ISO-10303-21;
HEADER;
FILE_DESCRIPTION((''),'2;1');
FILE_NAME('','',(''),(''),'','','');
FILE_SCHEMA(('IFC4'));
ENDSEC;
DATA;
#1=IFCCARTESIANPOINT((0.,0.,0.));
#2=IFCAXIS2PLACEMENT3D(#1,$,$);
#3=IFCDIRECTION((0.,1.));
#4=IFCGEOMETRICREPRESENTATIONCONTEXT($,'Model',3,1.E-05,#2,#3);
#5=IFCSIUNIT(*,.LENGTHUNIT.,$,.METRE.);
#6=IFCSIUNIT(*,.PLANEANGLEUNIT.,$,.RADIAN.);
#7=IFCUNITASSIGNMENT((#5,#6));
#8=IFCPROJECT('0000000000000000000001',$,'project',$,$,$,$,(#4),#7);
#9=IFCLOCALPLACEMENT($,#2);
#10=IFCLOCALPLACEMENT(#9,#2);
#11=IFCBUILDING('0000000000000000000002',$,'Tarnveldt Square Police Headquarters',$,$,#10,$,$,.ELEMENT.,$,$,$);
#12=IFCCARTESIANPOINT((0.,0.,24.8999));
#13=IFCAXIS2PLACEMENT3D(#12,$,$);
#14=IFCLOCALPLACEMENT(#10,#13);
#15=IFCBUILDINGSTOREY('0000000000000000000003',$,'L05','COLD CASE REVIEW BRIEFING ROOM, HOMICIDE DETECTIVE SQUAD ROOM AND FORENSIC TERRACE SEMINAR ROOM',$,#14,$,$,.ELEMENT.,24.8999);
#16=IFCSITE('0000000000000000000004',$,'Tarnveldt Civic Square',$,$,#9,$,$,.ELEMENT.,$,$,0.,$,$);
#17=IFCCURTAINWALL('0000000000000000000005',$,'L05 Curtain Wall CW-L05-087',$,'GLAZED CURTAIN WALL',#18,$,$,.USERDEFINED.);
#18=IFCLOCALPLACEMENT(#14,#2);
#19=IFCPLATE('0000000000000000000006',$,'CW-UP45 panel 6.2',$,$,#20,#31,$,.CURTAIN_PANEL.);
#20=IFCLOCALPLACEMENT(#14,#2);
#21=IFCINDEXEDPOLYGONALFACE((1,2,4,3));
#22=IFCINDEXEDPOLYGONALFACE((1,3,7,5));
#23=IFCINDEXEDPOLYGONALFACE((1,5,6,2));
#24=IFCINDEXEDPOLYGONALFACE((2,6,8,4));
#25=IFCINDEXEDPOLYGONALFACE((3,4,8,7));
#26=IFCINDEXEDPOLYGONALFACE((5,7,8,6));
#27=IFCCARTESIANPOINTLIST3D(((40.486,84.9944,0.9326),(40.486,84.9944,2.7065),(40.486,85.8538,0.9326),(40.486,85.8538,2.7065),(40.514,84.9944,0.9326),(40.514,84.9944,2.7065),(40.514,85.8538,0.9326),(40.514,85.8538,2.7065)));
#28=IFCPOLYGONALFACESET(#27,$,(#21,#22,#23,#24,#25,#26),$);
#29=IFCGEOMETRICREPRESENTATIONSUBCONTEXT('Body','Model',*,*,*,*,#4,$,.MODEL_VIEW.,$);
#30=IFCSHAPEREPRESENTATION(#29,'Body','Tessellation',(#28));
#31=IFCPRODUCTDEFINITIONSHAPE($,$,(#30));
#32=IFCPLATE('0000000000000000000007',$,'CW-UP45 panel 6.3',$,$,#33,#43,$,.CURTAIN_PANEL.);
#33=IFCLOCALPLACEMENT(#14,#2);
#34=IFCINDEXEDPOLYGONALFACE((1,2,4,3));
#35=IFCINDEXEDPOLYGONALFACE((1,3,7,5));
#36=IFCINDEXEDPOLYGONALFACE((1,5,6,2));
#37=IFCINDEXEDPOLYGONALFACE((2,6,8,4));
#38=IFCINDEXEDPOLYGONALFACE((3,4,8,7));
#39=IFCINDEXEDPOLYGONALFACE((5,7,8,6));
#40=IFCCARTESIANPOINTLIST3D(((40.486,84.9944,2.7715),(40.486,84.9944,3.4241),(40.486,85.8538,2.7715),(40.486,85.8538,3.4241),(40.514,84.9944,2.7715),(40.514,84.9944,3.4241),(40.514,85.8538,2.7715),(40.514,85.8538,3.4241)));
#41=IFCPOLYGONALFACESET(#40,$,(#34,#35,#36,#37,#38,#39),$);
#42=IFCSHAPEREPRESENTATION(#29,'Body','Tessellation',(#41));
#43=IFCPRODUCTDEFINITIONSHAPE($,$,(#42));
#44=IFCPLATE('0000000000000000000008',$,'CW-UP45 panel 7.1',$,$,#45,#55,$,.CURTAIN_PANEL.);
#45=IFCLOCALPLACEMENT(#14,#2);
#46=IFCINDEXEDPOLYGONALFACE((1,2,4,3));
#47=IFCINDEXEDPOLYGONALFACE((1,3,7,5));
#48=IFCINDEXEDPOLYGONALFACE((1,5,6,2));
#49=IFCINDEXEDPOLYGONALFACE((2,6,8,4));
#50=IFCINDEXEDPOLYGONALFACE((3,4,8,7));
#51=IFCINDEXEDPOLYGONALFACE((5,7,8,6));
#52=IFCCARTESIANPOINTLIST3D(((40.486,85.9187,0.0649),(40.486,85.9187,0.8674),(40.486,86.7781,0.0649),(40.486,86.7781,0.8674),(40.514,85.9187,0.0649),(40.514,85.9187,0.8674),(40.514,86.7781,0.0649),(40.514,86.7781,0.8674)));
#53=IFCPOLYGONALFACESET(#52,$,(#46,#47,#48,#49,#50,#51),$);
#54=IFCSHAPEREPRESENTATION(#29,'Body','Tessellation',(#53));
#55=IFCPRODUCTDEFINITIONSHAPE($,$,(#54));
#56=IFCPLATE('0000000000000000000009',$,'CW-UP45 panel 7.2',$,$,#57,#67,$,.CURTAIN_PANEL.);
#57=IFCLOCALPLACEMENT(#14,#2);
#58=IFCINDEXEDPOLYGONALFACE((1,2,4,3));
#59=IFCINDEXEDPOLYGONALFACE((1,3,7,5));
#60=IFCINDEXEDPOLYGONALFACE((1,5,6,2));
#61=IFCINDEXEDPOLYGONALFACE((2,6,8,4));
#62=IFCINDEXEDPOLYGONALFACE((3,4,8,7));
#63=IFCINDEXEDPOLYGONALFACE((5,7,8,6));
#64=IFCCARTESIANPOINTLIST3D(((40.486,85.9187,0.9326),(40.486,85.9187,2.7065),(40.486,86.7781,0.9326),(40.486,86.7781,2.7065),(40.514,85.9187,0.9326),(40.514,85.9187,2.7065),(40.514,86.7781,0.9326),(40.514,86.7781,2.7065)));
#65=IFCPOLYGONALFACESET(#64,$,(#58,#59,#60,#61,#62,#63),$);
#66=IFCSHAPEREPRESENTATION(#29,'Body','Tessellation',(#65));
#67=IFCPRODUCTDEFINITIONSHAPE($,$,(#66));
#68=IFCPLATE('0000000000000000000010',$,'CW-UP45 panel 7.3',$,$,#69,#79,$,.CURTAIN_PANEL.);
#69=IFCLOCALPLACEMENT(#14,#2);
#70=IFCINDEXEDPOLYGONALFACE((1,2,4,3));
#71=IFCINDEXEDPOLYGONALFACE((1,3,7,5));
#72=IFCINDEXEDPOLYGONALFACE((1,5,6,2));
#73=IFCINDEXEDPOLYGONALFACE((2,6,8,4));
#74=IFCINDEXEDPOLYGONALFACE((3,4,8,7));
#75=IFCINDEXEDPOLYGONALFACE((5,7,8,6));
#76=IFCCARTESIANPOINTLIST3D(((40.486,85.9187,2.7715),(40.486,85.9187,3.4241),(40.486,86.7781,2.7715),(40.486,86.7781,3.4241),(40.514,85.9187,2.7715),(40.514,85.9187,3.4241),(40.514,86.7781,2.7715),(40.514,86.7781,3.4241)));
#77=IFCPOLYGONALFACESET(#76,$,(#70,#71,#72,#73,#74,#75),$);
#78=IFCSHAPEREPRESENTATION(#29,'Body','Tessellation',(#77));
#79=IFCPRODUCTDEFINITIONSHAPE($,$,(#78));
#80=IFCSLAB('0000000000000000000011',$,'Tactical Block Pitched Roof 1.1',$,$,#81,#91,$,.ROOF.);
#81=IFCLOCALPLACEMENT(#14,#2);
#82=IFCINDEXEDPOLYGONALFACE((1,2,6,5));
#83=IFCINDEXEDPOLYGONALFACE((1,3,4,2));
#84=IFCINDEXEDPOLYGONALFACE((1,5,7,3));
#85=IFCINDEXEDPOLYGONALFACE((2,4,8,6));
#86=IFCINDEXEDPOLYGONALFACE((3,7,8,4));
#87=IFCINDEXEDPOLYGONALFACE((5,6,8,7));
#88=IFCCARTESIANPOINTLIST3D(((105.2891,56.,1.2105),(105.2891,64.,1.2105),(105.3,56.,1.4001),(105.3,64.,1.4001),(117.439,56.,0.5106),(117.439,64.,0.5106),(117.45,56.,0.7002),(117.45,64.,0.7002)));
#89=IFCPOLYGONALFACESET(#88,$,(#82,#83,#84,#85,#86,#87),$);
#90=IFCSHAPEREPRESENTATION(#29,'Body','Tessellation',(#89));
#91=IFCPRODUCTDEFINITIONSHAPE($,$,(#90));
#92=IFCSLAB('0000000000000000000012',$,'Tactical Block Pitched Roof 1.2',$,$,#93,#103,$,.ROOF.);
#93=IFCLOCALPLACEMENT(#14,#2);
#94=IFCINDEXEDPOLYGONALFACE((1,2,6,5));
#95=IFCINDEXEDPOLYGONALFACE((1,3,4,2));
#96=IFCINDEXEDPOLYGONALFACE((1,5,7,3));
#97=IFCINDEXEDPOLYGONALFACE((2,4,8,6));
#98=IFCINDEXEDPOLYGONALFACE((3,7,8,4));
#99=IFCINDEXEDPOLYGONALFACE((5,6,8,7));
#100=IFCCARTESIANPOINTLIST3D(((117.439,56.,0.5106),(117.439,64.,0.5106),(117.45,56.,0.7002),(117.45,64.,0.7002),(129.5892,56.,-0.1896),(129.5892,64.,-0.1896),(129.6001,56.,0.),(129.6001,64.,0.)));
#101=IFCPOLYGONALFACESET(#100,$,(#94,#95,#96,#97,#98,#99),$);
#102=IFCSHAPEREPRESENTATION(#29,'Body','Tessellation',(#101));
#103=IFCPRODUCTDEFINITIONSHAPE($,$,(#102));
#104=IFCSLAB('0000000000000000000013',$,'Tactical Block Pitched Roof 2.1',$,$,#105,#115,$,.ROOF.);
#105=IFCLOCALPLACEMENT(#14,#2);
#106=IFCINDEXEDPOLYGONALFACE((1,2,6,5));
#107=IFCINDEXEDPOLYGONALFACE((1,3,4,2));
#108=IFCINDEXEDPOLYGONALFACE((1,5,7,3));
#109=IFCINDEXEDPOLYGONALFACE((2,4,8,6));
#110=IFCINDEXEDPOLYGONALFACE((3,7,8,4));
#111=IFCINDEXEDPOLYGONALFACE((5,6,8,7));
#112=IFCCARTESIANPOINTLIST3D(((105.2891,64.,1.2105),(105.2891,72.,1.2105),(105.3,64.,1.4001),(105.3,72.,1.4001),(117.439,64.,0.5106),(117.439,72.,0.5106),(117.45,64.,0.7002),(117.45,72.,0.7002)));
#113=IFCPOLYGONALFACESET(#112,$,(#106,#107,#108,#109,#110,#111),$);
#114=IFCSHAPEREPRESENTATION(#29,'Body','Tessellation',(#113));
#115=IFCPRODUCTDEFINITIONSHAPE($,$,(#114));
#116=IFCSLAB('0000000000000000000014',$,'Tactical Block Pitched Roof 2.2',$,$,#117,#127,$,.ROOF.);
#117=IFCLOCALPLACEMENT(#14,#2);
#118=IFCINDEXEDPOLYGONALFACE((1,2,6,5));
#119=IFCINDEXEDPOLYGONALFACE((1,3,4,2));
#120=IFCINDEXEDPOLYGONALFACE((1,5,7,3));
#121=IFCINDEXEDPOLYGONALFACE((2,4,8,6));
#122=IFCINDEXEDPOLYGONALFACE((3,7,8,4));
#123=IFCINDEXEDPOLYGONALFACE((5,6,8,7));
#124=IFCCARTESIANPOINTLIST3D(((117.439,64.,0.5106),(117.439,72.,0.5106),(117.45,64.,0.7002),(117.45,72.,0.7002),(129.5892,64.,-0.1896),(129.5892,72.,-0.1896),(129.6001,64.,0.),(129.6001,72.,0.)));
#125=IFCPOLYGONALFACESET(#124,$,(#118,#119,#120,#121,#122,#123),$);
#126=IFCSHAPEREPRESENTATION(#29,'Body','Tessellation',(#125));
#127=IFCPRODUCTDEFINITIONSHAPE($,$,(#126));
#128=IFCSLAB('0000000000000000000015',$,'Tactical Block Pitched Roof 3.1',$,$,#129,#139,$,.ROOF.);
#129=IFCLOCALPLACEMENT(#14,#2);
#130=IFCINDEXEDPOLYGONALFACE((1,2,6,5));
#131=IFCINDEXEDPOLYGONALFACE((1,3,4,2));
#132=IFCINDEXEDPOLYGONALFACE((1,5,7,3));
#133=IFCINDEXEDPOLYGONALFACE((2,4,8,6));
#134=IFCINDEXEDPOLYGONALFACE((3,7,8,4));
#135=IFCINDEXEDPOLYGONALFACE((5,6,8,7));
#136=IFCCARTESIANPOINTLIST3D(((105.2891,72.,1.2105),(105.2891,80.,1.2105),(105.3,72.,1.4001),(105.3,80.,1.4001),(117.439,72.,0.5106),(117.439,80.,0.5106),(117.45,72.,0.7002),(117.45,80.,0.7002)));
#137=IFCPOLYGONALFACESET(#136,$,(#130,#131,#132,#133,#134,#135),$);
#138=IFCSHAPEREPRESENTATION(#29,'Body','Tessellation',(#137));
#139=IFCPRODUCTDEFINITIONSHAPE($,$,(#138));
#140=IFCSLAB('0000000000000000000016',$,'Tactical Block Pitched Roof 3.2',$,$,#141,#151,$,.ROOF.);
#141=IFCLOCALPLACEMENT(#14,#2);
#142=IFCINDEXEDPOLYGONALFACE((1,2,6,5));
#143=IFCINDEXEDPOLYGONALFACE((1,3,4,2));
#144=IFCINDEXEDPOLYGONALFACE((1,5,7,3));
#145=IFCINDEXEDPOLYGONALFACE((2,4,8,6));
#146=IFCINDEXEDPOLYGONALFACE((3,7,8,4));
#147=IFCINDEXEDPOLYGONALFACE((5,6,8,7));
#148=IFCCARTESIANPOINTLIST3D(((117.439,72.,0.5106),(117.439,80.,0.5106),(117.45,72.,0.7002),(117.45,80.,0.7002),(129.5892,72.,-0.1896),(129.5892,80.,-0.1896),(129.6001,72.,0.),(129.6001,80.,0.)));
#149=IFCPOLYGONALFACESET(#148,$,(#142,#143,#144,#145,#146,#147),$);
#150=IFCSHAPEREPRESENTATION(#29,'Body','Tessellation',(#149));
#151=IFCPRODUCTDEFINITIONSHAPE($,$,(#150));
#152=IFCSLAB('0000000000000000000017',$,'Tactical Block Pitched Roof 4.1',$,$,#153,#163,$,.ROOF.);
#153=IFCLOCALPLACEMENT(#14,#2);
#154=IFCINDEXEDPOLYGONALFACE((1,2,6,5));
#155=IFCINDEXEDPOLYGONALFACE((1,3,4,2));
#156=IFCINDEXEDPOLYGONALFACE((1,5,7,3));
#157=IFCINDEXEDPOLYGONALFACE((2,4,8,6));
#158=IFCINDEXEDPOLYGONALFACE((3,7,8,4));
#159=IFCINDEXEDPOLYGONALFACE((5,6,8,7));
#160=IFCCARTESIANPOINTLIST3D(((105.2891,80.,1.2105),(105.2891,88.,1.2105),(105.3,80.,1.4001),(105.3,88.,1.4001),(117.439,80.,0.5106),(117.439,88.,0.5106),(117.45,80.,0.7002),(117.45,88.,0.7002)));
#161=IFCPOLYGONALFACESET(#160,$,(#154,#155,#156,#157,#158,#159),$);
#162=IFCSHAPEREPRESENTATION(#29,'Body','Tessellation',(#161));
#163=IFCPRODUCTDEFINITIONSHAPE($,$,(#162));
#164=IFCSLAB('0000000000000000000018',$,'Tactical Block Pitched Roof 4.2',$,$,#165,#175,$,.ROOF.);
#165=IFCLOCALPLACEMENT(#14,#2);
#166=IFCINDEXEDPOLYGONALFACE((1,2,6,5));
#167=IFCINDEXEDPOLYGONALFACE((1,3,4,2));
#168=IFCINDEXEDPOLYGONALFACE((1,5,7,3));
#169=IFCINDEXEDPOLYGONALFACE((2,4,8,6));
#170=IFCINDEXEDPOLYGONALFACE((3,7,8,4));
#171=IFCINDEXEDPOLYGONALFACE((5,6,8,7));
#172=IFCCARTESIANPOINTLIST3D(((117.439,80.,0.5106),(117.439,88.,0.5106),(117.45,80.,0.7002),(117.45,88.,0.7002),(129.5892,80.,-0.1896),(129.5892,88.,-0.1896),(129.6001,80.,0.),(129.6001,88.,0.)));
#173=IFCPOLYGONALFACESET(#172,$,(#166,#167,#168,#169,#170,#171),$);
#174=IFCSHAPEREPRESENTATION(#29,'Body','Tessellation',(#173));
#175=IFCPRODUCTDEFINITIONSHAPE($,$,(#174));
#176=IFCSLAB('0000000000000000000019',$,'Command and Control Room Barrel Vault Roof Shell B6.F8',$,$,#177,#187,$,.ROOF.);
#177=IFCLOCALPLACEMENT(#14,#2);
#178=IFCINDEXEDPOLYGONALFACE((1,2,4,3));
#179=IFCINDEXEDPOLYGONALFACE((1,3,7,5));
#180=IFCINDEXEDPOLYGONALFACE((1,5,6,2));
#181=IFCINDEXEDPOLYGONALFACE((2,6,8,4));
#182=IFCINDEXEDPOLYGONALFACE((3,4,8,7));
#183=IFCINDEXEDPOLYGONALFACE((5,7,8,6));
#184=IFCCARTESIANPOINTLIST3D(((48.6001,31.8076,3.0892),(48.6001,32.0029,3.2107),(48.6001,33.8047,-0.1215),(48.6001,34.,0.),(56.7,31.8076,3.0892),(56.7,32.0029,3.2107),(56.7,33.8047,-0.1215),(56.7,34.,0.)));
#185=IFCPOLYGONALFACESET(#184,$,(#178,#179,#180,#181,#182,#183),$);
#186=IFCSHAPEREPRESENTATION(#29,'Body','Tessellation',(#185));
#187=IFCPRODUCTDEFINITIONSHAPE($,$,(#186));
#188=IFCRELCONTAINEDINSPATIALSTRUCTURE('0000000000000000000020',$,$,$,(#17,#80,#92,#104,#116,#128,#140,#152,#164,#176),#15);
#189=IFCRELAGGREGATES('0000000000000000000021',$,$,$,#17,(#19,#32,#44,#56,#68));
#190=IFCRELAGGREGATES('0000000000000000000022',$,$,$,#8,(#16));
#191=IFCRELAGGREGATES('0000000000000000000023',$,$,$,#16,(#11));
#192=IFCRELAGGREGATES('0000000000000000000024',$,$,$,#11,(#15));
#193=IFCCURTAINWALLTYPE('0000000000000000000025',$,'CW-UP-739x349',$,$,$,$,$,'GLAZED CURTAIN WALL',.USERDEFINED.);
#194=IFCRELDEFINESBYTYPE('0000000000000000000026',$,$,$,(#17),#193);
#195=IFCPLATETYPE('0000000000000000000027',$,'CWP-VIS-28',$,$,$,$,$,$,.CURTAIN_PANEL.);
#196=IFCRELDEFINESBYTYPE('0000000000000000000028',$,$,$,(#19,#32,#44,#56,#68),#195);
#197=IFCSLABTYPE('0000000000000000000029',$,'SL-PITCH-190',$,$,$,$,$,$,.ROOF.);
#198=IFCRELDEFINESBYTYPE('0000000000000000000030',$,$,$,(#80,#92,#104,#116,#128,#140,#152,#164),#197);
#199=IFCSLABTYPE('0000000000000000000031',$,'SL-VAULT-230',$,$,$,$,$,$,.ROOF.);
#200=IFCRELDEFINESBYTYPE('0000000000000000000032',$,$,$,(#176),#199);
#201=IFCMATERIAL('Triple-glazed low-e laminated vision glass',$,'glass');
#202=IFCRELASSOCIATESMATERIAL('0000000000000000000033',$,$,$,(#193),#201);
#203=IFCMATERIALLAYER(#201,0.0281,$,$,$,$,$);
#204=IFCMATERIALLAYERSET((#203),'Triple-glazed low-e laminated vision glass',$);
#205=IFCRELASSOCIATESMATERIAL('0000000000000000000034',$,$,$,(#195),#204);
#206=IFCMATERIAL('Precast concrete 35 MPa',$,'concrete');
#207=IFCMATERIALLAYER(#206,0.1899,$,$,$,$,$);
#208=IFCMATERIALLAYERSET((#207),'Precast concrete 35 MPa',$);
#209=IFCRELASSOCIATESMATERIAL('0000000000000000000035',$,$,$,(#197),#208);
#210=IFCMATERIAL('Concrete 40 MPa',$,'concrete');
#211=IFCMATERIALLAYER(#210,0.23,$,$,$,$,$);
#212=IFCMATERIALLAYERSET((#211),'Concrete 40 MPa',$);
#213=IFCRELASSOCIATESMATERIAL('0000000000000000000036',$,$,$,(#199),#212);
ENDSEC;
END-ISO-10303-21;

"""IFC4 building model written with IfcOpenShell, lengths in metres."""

from ifc_helpers import new_model, si_unit, direction, frame, origin, origin_2d, place, context, subcontext, project, spatial, polyline, rectangle, outline, extrude, material, layer, layer_set, type_object, element, aggregate, save


model = new_model("IFC4")

# Units and contexts
model_context = context("Model", 3, precision=1e-05, world=origin(), true_north=direction((0.0, 1.0)))
body_context = subcontext(model_context, "Body", "Model", "MODEL_VIEW")
ifc_project = project(units=[si_unit("LENGTHUNIT", "METRE"), si_unit("PLANEANGLEUNIT", "RADIAN")], contexts=[model_context])

# Site, building, storey
site_placement = place(None, origin())
site = spatial("IfcSite", under=ifc_project, at=site_placement, Name="Tarnveldt Civic Square", CompositionType="ELEMENT", RefElevation=0.0)
building_placement = place(site_placement, origin())
building = spatial("IfcBuilding", under=site, at=building_placement, Name="Tarnveldt Square Police Headquarters", CompositionType="ELEMENT")
storey_placement = place(building_placement, frame((0.0, 0.0, 24.8999)))
storey = spatial("IfcBuildingStorey", under=building, at=storey_placement, Name="L05", Description="COLD CASE REVIEW BRIEFING ROOM, HOMICIDE DETECTIVE SQUAD ROOM AND FORENSIC TERRACE SEMINAR ROOM", CompositionType="ELEMENT", Elevation=24.8999)

# Shared definitions
ifc_material_1 = material(Name="Concrete 40 MPa", Category="concrete")

# Curtain wall
ifc_material_2 = material(Name="Triple-glazed low-e laminated vision glass", Category="glass")
curtain_wall_type = type_object("IfcCurtainWallType", Name="CW-UP-739x349", ElementType="GLAZED CURTAIN WALL", PredefinedType="USERDEFINED", material=ifc_material_2)
curtain_wall_placement = place(storey_placement, origin())
curtain_wall = element("IfcCurtainWall", 1, at=curtain_wall_placement, inside=storey, type_object=curtain_wall_type, Name="L05 Curtain Wall CW-L05-087", ObjectType="GLAZED CURTAIN WALL", PredefinedType="USERDEFINED")

# Plates
ifc_layer_1 = layer(ifc_material_2, 0.0281)
ifc_layer_set_1 = layer_set([ifc_layer_1], Name="Triple-glazed low-e laminated vision glass")
plate_type = type_object("IfcPlateType", Name="CWP-VIS-28", PredefinedType="CURTAIN_PANEL", material=ifc_layer_set_1)
plate_1_placement = place(storey_placement, frame((40.5, 85.4241, 0.9326), z_axis=(0.0, 0.0, 1.0), x_axis=(0.0, 1.0, 0.0)))
plate_1 = element("IfcPlate", 2, at=plate_1_placement, type_object=plate_type, Name="CW-UP45 panel 6.2", PredefinedType="CURTAIN_PANEL", context=body_context, shape_type="SweptSolid", body=[
    extrude(rectangle(XDim=0.8594, YDim=0.0281, at=origin_2d()), origin(), (0.0, 0.0, 1.0), 1.7739),
])
plate_2_placement = place(storey_placement, frame((40.5, 85.4241, 2.7715), z_axis=(0.0, 0.0, 1.0), x_axis=(0.0, 1.0, 0.0)))
plate_2 = element("IfcPlate", 3, at=plate_2_placement, type_object=plate_type, Name="CW-UP45 panel 6.3", PredefinedType="CURTAIN_PANEL", context=body_context, shape_type="SweptSolid", body=[
    extrude(rectangle(XDim=0.8594, YDim=0.0281, at=origin_2d()), origin(), (0.0, 0.0, 1.0), 0.6526),
])
plate_3_placement = place(storey_placement, frame((40.5, 86.3484, 0.0649), z_axis=(0.0, 0.0, 1.0), x_axis=(0.0, 1.0, 0.0)))
plate_3 = element("IfcPlate", 4, at=plate_3_placement, type_object=plate_type, Name="CW-UP45 panel 7.1", PredefinedType="CURTAIN_PANEL", context=body_context, shape_type="SweptSolid", body=[
    extrude(rectangle(XDim=0.8594, YDim=0.0281, at=origin_2d()), origin(), (0.0, 0.0, 1.0), 0.8025),
])
plate_4_placement = place(storey_placement, frame((40.5, 86.3484, 0.9326), z_axis=(0.0, 0.0, 1.0), x_axis=(0.0, 1.0, 0.0)))
plate_4 = element("IfcPlate", 5, at=plate_4_placement, type_object=plate_type, Name="CW-UP45 panel 7.2", PredefinedType="CURTAIN_PANEL", context=body_context, shape_type="SweptSolid", body=[
    extrude(rectangle(XDim=0.8594, YDim=0.0281, at=origin_2d()), origin(), (0.0, 0.0, 1.0), 1.7739),
])
plate_5_placement = place(storey_placement, frame((40.5, 86.3484, 2.7715), z_axis=(0.0, 0.0, 1.0), x_axis=(0.0, 1.0, 0.0)))
plate_5 = element("IfcPlate", 6, at=plate_5_placement, type_object=plate_type, Name="CW-UP45 panel 7.3", PredefinedType="CURTAIN_PANEL", context=body_context, shape_type="SweptSolid", body=[
    extrude(rectangle(XDim=0.8594, YDim=0.0281, at=origin_2d()), origin(), (0.0, 0.0, 1.0), 0.6526),
])
aggregate(curtain_wall, [plate_1, plate_2, plate_3, plate_4, plate_5])

# Slabs
ifc_material_3 = material(Name="Precast concrete 35 MPa", Category="concrete")
ifc_layer_2 = layer(ifc_material_3, 0.1899)
ifc_layer_set_2 = layer_set([ifc_layer_2], Name="Precast concrete 35 MPa")
slab_type_1 = type_object("IfcSlabType", Name="SL-PITCH-190", PredefinedType="ROOF", material=ifc_layer_set_2)
slab_1_placement = place(storey_placement, frame((105.3, 56.0, 1.4001), z_axis=(0.057514, 0.0, 0.998345), x_axis=(0.0, 1.0, 0.0)))
element("IfcSlab", 7, at=slab_1_placement, inside=storey, type_object=slab_type_1, Name="Tactical Block Pitched Roof 1.1", PredefinedType="ROOF", context=body_context, shape_type="SweptSolid", body=[
    extrude(outline(polyline([(0.0, 0.0), (8.0, 0.0), (8.0, -12.17), (0.0, -12.17), (0.0, 0.0)])), origin(), (0.0, 0.0, -1.0), 0.1899),
])
slab_2_placement = place(storey_placement, frame((117.45, 56.0, 0.7002), z_axis=(0.057533, 0.0, 0.998344), x_axis=(0.0, 1.0, 0.0)))
element("IfcSlab", 8, at=slab_2_placement, inside=storey, type_object=slab_type_1, Name="Tactical Block Pitched Roof 1.2", PredefinedType="ROOF", context=body_context, shape_type="SweptSolid", body=[
    extrude(outline(polyline([(0.0, 0.0), (8.0, 0.0), (8.0, -12.1703), (0.0, -12.1703), (0.0, 0.0)])), origin(), (0.0, 0.0, -1.0), 0.1899),
])
slab_3_placement = place(storey_placement, frame((105.3, 64.0, 1.4001), z_axis=(0.057514, 0.0, 0.998345), x_axis=(0.0, 1.0, 0.0)))
element("IfcSlab", 9, at=slab_3_placement, inside=storey, type_object=slab_type_1, Name="Tactical Block Pitched Roof 2.1", PredefinedType="ROOF", context=body_context, shape_type="SweptSolid", body=[
    extrude(outline(polyline([(0.0, 0.0), (8.0, 0.0), (8.0, -12.17), (0.0, -12.17), (0.0, 0.0)])), origin(), (0.0, 0.0, -1.0), 0.1899),
])
slab_4_placement = place(storey_placement, frame((117.45, 64.0, 0.7002), z_axis=(0.057533, 0.0, 0.998344), x_axis=(0.0, 1.0, 0.0)))
element("IfcSlab", 10, at=slab_4_placement, inside=storey, type_object=slab_type_1, Name="Tactical Block Pitched Roof 2.2", PredefinedType="ROOF", context=body_context, shape_type="SweptSolid", body=[
    extrude(outline(polyline([(0.0, 0.0), (8.0, 0.0), (8.0, -12.1703), (0.0, -12.1703), (0.0, 0.0)])), origin(), (0.0, 0.0, -1.0), 0.1899),
])
slab_5_placement = place(storey_placement, frame((105.3, 72.0, 1.4001), z_axis=(0.057514, 0.0, 0.998345), x_axis=(0.0, 1.0, 0.0)))
element("IfcSlab", 11, at=slab_5_placement, inside=storey, type_object=slab_type_1, Name="Tactical Block Pitched Roof 3.1", PredefinedType="ROOF", context=body_context, shape_type="SweptSolid", body=[
    extrude(outline(polyline([(0.0, 0.0), (8.0, 0.0), (8.0, -12.17), (0.0, -12.17), (0.0, 0.0)])), origin(), (0.0, 0.0, -1.0), 0.1899),
])
slab_6_placement = place(storey_placement, frame((117.45, 72.0, 0.7002), z_axis=(0.057533, 0.0, 0.998344), x_axis=(0.0, 1.0, 0.0)))
element("IfcSlab", 12, at=slab_6_placement, inside=storey, type_object=slab_type_1, Name="Tactical Block Pitched Roof 3.2", PredefinedType="ROOF", context=body_context, shape_type="SweptSolid", body=[
    extrude(outline(polyline([(0.0, 0.0), (8.0, 0.0), (8.0, -12.1703), (0.0, -12.1703), (0.0, 0.0)])), origin(), (0.0, 0.0, -1.0), 0.1899),
])
slab_7_placement = place(storey_placement, frame((105.3, 80.0, 1.4001), z_axis=(0.057514, 0.0, 0.998345), x_axis=(0.0, 1.0, 0.0)))
element("IfcSlab", 13, at=slab_7_placement, inside=storey, type_object=slab_type_1, Name="Tactical Block Pitched Roof 4.1", PredefinedType="ROOF", context=body_context, shape_type="SweptSolid", body=[
    extrude(outline(polyline([(0.0, 0.0), (8.0, 0.0), (8.0, -12.17), (0.0, -12.17), (0.0, 0.0)])), origin(), (0.0, 0.0, -1.0), 0.1899),
])
slab_8_placement = place(storey_placement, frame((117.45, 80.0, 0.7002), z_axis=(0.057533, 0.0, 0.998344), x_axis=(0.0, 1.0, 0.0)))
element("IfcSlab", 14, at=slab_8_placement, inside=storey, type_object=slab_type_1, Name="Tactical Block Pitched Roof 4.2", PredefinedType="ROOF", context=body_context, shape_type="SweptSolid", body=[
    extrude(outline(polyline([(0.0, 0.0), (8.0, 0.0), (8.0, -12.1703), (0.0, -12.1703), (0.0, 0.0)])), origin(), (0.0, 0.0, -1.0), 0.1899),
])
ifc_layer_3 = layer(ifc_material_1, 0.23)
ifc_layer_set_3 = layer_set([ifc_layer_3], Name="Concrete 40 MPa")
slab_type_2 = type_object("IfcSlabType", Name="SL-VAULT-230", PredefinedType="ROOF", material=ifc_layer_set_3)
slab_9_placement = place(storey_placement, frame((48.6001, 32.0029, 3.2107), z_axis=(0.0, 0.849139, 0.528169), x_axis=(1.0, 0.0, 0.0)))
element("IfcSlab", 15, at=slab_9_placement, inside=storey, type_object=slab_type_2, Name="Command and Control Room Barrel Vault Roof Shell B6.F8", PredefinedType="ROOF", context=body_context, shape_type="SweptSolid", body=[
    extrude(outline(polyline([(0.0, 0.0), (8.0999, 0.0), (8.0999, 3.7811), (0.0, 3.7811), (0.0, 0.0)])), origin(), (0.0, 0.0, -1.0), 0.23),
])

save(model, "model.ifc")
